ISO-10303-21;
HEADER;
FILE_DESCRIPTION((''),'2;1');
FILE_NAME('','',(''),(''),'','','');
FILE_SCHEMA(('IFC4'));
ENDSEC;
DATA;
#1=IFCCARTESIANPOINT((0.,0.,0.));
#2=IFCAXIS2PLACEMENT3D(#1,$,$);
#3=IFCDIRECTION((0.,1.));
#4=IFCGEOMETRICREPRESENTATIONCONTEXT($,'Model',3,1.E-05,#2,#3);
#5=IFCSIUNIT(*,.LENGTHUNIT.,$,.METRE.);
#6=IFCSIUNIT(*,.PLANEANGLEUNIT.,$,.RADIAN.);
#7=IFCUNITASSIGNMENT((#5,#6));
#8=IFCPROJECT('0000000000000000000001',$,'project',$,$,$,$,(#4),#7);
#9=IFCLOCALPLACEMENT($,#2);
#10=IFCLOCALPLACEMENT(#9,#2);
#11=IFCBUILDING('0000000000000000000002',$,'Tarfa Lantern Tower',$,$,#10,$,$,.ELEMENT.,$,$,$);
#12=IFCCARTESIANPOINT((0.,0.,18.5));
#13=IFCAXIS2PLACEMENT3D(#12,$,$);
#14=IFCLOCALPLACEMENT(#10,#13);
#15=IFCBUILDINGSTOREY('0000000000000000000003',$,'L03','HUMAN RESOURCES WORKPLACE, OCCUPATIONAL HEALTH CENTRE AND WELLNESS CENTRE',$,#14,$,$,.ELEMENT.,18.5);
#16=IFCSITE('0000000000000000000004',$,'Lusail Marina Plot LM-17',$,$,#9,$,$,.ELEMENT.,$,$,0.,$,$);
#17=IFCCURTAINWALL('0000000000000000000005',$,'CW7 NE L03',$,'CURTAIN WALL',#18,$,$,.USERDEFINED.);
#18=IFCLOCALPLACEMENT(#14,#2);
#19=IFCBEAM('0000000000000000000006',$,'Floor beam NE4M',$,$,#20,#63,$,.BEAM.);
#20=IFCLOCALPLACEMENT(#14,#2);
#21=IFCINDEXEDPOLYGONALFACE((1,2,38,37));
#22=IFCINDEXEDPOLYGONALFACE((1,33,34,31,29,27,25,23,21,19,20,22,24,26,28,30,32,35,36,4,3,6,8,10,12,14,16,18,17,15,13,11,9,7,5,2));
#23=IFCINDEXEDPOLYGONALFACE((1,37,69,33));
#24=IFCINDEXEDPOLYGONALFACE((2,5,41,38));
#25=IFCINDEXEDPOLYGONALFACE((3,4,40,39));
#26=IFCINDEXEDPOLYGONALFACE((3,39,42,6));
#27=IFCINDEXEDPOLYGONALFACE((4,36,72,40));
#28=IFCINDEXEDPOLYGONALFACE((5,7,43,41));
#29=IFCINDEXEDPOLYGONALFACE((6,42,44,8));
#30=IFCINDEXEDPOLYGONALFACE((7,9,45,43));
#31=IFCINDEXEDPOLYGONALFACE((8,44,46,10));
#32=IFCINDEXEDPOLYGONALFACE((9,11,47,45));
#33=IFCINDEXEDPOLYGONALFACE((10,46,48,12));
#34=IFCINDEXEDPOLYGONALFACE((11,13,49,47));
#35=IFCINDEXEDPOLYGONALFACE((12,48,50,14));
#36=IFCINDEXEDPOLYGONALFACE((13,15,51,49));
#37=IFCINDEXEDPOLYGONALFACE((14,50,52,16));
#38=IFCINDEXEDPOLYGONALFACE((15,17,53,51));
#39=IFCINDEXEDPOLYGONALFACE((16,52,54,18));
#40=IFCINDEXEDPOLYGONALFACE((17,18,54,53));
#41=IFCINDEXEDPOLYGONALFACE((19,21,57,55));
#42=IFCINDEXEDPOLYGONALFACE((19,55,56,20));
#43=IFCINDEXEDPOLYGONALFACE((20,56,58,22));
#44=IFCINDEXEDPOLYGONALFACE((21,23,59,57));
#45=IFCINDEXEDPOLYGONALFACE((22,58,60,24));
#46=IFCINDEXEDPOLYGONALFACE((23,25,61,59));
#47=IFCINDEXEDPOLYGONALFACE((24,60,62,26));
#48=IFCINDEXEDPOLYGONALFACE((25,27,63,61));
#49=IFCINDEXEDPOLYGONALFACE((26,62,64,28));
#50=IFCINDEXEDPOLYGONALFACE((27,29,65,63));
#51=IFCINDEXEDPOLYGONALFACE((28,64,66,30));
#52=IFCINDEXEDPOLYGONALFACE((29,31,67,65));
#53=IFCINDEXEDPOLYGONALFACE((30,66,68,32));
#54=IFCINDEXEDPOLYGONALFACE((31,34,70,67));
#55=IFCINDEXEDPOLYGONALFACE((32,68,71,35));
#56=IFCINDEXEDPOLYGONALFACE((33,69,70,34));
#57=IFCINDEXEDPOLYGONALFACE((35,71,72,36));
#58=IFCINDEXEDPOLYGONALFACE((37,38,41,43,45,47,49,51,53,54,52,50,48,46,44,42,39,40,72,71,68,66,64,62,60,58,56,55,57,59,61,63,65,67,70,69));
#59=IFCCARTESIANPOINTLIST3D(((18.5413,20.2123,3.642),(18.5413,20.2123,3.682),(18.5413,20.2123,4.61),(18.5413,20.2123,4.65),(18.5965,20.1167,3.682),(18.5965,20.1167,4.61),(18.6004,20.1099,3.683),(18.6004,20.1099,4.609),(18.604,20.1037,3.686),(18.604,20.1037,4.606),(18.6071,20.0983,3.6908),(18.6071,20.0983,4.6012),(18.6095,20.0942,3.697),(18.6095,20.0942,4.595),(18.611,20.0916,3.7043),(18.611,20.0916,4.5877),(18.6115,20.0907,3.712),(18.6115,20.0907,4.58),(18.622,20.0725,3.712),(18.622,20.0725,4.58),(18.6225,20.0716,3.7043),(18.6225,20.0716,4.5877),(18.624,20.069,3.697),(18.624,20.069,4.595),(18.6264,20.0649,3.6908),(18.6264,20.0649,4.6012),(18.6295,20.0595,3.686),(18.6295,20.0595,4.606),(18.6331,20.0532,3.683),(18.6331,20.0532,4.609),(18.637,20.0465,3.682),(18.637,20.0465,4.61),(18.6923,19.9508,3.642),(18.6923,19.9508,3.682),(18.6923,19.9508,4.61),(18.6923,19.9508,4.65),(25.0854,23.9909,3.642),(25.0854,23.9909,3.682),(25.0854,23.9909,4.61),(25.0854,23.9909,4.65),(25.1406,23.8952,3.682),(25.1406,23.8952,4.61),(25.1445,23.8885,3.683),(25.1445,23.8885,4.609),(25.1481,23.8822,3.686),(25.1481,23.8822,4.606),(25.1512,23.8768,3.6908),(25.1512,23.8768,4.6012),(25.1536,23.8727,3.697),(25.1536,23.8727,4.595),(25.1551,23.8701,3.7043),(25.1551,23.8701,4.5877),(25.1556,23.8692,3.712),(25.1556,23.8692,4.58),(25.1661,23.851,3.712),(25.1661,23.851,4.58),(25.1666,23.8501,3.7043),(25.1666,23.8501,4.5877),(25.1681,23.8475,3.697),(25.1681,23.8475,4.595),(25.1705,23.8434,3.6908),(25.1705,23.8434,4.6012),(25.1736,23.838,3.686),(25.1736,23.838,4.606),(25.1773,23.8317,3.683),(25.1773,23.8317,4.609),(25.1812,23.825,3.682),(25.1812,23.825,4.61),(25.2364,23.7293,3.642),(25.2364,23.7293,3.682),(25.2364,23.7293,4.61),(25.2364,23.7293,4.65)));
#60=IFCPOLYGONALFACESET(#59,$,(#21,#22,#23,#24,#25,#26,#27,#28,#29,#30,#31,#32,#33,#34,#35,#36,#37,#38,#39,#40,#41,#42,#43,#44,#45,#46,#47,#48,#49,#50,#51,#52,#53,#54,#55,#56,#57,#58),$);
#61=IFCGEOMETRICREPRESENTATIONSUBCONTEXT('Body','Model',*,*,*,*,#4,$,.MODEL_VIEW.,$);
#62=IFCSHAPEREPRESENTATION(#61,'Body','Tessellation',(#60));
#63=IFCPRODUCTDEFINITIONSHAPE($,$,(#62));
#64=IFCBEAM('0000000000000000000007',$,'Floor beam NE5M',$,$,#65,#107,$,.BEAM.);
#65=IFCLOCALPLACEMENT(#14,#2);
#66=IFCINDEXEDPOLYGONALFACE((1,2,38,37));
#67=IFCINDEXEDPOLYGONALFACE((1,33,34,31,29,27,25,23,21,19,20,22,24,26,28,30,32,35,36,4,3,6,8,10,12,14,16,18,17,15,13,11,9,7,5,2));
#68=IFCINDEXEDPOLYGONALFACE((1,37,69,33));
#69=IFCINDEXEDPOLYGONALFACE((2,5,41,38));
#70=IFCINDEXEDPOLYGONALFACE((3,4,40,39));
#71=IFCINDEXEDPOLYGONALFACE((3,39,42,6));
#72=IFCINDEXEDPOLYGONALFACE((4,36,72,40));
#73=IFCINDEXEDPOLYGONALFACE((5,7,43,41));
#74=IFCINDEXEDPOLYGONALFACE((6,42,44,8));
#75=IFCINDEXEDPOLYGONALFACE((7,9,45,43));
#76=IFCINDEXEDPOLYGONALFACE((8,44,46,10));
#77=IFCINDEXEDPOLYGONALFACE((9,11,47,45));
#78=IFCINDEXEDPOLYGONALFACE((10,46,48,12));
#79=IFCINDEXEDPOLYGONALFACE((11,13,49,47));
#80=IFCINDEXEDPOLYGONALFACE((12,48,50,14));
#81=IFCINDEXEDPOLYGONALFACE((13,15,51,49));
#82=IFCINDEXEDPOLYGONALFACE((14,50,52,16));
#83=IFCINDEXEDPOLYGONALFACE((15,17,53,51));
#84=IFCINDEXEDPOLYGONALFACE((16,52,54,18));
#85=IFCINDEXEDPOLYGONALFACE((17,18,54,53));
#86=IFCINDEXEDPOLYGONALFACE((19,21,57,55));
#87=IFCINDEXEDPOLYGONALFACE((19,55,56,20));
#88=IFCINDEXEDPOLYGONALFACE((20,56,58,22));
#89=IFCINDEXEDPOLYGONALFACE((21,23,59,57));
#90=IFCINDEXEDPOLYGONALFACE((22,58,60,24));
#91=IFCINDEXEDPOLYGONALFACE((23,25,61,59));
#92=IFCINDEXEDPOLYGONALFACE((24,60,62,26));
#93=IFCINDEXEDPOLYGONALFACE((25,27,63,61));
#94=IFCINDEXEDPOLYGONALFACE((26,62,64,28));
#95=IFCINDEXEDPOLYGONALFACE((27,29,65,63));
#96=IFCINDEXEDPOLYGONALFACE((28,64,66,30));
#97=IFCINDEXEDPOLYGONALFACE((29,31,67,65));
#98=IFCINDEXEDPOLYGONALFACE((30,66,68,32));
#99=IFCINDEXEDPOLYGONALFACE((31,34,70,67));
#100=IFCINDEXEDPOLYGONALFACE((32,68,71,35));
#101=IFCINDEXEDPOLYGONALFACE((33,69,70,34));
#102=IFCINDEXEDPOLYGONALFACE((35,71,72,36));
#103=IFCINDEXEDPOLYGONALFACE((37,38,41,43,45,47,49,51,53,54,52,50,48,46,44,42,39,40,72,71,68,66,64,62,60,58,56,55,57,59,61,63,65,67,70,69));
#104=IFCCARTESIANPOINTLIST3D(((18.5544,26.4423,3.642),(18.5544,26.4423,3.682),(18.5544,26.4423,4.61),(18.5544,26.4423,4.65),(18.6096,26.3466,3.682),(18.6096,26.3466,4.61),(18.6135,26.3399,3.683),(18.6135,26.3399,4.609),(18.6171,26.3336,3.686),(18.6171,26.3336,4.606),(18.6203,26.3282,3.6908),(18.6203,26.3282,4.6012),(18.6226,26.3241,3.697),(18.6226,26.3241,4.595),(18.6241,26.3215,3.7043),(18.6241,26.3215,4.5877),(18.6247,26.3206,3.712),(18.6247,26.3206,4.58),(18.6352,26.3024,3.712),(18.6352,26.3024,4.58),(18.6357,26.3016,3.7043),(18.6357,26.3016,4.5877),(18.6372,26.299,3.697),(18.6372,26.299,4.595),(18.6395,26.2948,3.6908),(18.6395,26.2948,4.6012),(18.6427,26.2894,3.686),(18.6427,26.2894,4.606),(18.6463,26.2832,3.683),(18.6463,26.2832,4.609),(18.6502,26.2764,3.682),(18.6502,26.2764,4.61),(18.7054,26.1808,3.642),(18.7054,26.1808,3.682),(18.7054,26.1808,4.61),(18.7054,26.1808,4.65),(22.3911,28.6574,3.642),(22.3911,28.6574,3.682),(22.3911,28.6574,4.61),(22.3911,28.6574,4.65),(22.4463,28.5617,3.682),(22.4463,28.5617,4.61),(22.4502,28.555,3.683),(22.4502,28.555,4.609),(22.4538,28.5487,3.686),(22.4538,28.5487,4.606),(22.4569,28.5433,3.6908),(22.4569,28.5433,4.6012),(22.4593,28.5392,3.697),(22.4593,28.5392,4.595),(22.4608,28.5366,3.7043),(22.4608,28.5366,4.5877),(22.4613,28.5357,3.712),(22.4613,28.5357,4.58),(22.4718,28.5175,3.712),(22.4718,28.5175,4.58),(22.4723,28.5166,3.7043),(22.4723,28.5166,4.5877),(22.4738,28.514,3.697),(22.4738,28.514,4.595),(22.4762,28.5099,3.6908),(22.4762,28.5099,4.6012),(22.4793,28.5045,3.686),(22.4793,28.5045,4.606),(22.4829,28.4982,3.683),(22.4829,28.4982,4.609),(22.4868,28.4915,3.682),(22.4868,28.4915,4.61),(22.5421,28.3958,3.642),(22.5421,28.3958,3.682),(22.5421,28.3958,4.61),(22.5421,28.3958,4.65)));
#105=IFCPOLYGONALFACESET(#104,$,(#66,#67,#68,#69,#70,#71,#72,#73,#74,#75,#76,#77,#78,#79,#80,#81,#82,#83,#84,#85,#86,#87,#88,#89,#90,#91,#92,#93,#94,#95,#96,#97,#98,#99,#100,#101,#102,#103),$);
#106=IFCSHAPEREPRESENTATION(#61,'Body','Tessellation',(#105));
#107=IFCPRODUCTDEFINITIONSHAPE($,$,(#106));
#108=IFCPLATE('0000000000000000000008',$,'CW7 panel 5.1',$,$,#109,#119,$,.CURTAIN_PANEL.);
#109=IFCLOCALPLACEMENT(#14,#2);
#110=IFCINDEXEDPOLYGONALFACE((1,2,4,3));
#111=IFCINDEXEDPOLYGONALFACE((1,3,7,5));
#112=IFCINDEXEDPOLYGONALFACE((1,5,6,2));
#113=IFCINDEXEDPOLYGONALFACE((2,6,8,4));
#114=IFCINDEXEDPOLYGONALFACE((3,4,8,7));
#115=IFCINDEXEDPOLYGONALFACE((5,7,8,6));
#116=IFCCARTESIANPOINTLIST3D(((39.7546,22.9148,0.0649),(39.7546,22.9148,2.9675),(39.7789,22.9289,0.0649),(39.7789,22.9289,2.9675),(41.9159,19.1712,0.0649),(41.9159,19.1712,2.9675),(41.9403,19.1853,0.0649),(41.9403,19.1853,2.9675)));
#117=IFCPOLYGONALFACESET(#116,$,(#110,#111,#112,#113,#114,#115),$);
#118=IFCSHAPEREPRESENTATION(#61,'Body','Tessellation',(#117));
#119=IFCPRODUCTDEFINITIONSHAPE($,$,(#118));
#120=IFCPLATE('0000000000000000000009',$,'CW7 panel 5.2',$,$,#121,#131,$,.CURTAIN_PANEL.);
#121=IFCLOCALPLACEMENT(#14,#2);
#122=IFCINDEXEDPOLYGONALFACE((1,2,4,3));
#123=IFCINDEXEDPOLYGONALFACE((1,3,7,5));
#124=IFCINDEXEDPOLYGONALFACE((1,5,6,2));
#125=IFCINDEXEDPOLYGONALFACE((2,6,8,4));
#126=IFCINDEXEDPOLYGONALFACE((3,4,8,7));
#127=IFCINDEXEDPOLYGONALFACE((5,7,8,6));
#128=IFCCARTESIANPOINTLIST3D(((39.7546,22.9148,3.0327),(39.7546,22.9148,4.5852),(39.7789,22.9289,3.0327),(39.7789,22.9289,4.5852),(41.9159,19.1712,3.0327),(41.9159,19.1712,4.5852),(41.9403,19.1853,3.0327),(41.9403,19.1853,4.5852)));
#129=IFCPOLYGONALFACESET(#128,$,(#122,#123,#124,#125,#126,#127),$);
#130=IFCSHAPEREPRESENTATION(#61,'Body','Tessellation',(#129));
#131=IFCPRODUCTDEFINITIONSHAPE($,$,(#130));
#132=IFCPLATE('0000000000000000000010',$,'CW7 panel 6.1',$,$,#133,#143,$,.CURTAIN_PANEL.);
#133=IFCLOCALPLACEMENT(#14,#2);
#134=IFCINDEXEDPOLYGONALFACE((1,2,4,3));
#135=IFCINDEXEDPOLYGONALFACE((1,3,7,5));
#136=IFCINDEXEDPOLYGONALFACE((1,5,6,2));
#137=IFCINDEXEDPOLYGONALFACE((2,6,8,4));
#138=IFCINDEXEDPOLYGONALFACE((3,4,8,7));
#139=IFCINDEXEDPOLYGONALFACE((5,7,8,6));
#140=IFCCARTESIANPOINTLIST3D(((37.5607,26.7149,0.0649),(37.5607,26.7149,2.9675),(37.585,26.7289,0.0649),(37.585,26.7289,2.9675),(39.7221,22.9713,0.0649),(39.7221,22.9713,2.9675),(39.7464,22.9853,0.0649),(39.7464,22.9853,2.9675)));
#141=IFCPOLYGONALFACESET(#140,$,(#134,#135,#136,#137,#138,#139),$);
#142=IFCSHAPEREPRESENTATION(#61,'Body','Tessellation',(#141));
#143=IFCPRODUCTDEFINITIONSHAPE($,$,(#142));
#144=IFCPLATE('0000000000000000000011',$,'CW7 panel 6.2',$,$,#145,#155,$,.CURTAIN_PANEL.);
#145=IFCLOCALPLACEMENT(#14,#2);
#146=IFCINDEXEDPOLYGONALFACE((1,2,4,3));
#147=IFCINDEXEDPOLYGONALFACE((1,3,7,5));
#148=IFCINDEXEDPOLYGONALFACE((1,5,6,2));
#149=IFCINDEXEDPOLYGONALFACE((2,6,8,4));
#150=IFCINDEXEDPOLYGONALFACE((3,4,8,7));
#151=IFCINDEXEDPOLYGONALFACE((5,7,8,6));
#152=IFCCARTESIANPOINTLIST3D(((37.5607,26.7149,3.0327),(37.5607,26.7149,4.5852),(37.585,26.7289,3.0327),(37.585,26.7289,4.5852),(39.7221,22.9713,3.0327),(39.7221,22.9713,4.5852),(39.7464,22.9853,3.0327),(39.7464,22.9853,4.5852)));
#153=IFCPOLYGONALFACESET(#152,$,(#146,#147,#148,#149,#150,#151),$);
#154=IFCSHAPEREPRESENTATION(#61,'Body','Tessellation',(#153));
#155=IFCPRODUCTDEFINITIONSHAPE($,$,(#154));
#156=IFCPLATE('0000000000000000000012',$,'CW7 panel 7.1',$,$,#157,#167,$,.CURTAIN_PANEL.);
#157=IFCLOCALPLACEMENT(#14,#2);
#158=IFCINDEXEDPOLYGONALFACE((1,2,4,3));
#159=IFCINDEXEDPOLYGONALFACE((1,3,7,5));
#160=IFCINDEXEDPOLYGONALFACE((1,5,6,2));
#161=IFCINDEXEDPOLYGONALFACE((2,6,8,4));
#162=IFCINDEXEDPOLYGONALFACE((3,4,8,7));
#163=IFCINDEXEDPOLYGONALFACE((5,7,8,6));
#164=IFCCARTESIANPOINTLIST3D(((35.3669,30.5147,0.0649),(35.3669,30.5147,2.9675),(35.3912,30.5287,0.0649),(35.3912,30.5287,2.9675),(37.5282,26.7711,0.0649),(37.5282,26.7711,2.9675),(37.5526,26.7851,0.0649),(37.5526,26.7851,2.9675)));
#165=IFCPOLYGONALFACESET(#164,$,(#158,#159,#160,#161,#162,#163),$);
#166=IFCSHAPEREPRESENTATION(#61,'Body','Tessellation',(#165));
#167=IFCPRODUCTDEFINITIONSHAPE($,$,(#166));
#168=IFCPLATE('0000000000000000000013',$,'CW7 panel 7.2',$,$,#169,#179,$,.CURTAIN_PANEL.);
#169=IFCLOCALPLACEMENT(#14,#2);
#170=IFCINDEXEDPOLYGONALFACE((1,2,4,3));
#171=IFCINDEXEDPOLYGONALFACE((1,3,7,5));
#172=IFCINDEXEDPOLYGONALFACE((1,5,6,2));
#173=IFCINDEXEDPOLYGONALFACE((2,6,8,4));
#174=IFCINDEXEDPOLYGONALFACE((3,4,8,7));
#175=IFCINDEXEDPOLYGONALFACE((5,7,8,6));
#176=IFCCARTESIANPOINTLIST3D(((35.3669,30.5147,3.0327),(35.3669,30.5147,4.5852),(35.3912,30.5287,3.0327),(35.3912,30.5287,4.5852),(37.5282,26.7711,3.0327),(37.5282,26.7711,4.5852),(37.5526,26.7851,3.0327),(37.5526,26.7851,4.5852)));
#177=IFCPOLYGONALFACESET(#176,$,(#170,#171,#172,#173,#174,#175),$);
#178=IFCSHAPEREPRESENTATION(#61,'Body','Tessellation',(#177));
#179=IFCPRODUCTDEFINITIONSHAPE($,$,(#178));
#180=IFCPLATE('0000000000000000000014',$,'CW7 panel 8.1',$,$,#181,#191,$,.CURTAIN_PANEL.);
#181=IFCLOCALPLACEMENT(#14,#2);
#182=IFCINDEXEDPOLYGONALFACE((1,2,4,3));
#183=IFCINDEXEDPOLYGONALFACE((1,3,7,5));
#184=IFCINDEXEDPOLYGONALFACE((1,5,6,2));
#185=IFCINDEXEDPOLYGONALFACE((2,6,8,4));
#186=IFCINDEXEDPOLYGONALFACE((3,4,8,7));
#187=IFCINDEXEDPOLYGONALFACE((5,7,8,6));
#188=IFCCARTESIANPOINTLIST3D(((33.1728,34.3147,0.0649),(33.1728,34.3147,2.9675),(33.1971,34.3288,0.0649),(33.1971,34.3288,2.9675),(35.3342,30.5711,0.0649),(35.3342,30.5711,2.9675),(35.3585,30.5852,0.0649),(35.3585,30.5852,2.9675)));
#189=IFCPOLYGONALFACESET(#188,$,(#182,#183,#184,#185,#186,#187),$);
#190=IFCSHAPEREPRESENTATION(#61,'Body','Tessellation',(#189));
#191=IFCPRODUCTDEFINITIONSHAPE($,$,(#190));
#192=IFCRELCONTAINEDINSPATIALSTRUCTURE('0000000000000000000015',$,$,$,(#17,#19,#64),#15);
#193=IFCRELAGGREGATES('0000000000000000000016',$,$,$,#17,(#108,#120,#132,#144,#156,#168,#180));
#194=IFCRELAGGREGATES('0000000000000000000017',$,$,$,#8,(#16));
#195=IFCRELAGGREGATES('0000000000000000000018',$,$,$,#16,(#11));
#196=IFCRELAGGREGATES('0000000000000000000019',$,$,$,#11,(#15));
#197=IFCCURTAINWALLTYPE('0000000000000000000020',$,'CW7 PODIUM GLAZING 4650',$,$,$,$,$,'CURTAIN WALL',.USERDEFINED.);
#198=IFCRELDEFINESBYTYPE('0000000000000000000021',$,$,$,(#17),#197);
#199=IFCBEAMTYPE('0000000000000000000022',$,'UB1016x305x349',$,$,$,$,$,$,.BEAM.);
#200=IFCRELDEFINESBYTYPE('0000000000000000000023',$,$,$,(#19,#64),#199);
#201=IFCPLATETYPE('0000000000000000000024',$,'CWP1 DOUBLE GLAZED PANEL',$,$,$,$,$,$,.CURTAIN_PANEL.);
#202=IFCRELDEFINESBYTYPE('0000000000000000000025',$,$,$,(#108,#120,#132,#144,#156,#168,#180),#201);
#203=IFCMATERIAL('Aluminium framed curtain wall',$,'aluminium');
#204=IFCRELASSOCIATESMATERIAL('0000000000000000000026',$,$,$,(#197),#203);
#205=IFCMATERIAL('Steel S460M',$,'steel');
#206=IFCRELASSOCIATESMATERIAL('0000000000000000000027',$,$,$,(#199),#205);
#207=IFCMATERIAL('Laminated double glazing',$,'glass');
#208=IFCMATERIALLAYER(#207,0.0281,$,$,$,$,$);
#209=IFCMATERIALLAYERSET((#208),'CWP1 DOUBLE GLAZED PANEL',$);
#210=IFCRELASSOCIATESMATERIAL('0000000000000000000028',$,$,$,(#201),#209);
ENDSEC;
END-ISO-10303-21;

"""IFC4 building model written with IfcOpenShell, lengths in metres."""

from ifc_helpers import new_model, si_unit, direction, frame, origin, origin_2d, place, context, subcontext, project, spatial, rectangle, i_section, extrude, material, layer, layer_set, material_profile, profile_set, type_object, element, aggregate, save


model = new_model("IFC4")

# Units and contexts
model_context = context("Model", 3, precision=1e-05, world=origin(), true_north=direction((0.0, 1.0)))
body_context = subcontext(model_context, "Body", "Model", "MODEL_VIEW")
ifc_project = project(units=[si_unit("LENGTHUNIT", "METRE"), si_unit("PLANEANGLEUNIT", "RADIAN")], contexts=[model_context])

# Site, building, storey
site_placement = place(None, origin())
site = spatial("IfcSite", under=ifc_project, at=site_placement, Name="Lusail Marina Plot LM-17", CompositionType="ELEMENT", RefElevation=0.0)
building_placement = place(site_placement, origin())
building = spatial("IfcBuilding", under=site, at=building_placement, Name="Tarfa Lantern Tower", CompositionType="ELEMENT")
storey_placement = place(building_placement, frame((0.0, 0.0, 18.5)))
storey = spatial("IfcBuildingStorey", under=building, at=storey_placement, Name="L03", Description="HUMAN RESOURCES WORKPLACE, OCCUPATIONAL HEALTH CENTRE AND WELLNESS CENTRE", CompositionType="ELEMENT", Elevation=18.5)

# Curtain wall
ifc_material_1 = material(Name="Aluminium framed curtain wall", Category="aluminium")
curtain_wall_type = type_object("IfcCurtainWallType", Name="CW7 PODIUM GLAZING 4650", ElementType="CURTAIN WALL", PredefinedType="USERDEFINED", material=ifc_material_1)
curtain_wall_1_placement = place(storey_placement, origin())
curtain_wall_1 = element("IfcCurtainWall", 1, at=curtain_wall_1_placement, inside=storey, type_object=curtain_wall_type, Name="CW7 NE L03", ObjectType="CURTAIN WALL", PredefinedType="USERDEFINED")

# Beams
ifc_material_2 = material(Name="Steel S460M", Category="steel")
ifc_material_profile_1 = material_profile(ifc_material_2, i_section(OverallWidth=0.302, OverallDepth=1.0081, WebThickness=0.021, FlangeThickness=0.04, FilletRadius=0.03, at=origin_2d()), Name="UB1016x305x349")
ifc_profile_set_1 = profile_set([ifc_material_profile_1], Name="Steel S460M")
beam_type_1 = type_object("IfcBeamType", Name="UB1016x305x349", PredefinedType="BEAM", material=ifc_profile_set_1)
beam_1_placement = place(storey_placement, frame((25.1609, 23.8601, 4.146), z_axis=(-0.86601, -0.500027, 0.0), x_axis=(0.500027, -0.86601, 0.0)))
element("IfcBeam", 2, at=beam_1_placement, inside=storey, type_object=beam_type_1, Name="Floor beam NE4M", PredefinedType="BEAM", context=body_context, shape_type="SweptSolid", body=[
    extrude(i_section(OverallWidth=0.302, OverallDepth=1.0081, WebThickness=0.021, FlangeThickness=0.04, FilletRadius=0.03, at=origin_2d()), origin(), (0.0, 0.0, 1.0), 7.5566),
])
beam_2_placement = place(storey_placement, frame((22.4666, 28.5266, 4.146), z_axis=(-0.866027, -0.499998, 0.0), x_axis=(0.499998, -0.866027, 0.0)))
element("IfcBeam", 3, at=beam_2_placement, inside=storey, type_object=beam_type_1, Name="Floor beam NE5M", PredefinedType="BEAM", context=body_context, shape_type="SweptSolid", body=[
    extrude(i_section(OverallWidth=0.302, OverallDepth=1.0081, WebThickness=0.021, FlangeThickness=0.04, FilletRadius=0.03, at=origin_2d()), origin(), (0.0, 0.0, 1.0), 4.4302),
])

# Plates
ifc_material_3 = material(Name="Laminated double glazing", Category="glass")
ifc_layer = layer(ifc_material_3, 0.0281)
ifc_layer_set = layer_set([ifc_layer], Name="CWP1 DOUBLE GLAZED PANEL")
plate_type = type_object("IfcPlateType", Name="CWP1 DOUBLE GLAZED PANEL", PredefinedType="CURTAIN_PANEL", material=ifc_layer_set)
plate_1_placement = place(storey_placement, frame((40.8474, 21.05, 0.0649), z_axis=(0.0, 0.0, 1.0), x_axis=(-0.5, 0.866025, 0.0)))
plate_1 = element("IfcPlate", 4, at=plate_1_placement, type_object=plate_type, Name="CW7 panel 5.1", PredefinedType="CURTAIN_PANEL", context=body_context, shape_type="SweptSolid", body=[
    extrude(rectangle(XDim=4.3228, YDim=0.0281, at=origin_2d()), origin(), (0.0, 0.0, 1.0), 2.9026),
])
plate_2_placement = place(storey_placement, frame((40.8474, 21.05, 3.0327), z_axis=(0.0, 0.0, 1.0), x_axis=(-0.5, 0.866025, 0.0)))
plate_2 = element("IfcPlate", 5, at=plate_2_placement, type_object=plate_type, Name="CW7 panel 5.2", PredefinedType="CURTAIN_PANEL", context=body_context, shape_type="SweptSolid", body=[
    extrude(rectangle(XDim=4.3228, YDim=0.0281, at=origin_2d()), origin(), (0.0, 0.0, 1.0), 1.5525),
])
plate_3_placement = place(storey_placement, frame((38.6536, 24.8501, 0.0649), z_axis=(0.0, 0.0, 1.0), x_axis=(-0.5, 0.866025, 0.0)))
plate_3 = element("IfcPlate", 6, at=plate_3_placement, type_object=plate_type, Name="CW7 panel 6.1", PredefinedType="CURTAIN_PANEL", context=body_context, shape_type="SweptSolid", body=[
    extrude(rectangle(XDim=4.3228, YDim=0.0281, at=origin_2d()), origin(), (0.0, 0.0, 1.0), 2.9026),
])
plate_4_placement = place(storey_placement, frame((38.6536, 24.8501, 3.0327), z_axis=(0.0, 0.0, 1.0), x_axis=(-0.5, 0.866025, 0.0)))
plate_4 = element("IfcPlate", 7, at=plate_4_placement, type_object=plate_type, Name="CW7 panel 6.2", PredefinedType="CURTAIN_PANEL", context=body_context, shape_type="SweptSolid", body=[
    extrude(rectangle(XDim=4.3228, YDim=0.0281, at=origin_2d()), origin(), (0.0, 0.0, 1.0), 1.5525),
])
plate_5_placement = place(storey_placement, frame((36.4597, 28.6499, 0.0649), z_axis=(0.0, 0.0, 1.0), x_axis=(-0.5, 0.866025, 0.0)))
plate_5 = element("IfcPlate", 8, at=plate_5_placement, type_object=plate_type, Name="CW7 panel 7.1", PredefinedType="CURTAIN_PANEL", context=body_context, shape_type="SweptSolid", body=[
    extrude(rectangle(XDim=4.3228, YDim=0.0281, at=origin_2d()), origin(), (0.0, 0.0, 1.0), 2.9026),
])
plate_6_placement = place(storey_placement, frame((36.4597, 28.6499, 3.0327), z_axis=(0.0, 0.0, 1.0), x_axis=(-0.5, 0.866025, 0.0)))
plate_6 = element("IfcPlate", 9, at=plate_6_placement, type_object=plate_type, Name="CW7 panel 7.2", PredefinedType="CURTAIN_PANEL", context=body_context, shape_type="SweptSolid", body=[
    extrude(rectangle(XDim=4.3228, YDim=0.0281, at=origin_2d()), origin(), (0.0, 0.0, 1.0), 1.5525),
])
plate_7_placement = place(storey_placement, frame((34.2656, 32.45, 0.0649), z_axis=(0.0, 0.0, 1.0), x_axis=(-0.5, 0.866025, 0.0)))
plate_7 = element("IfcPlate", 10, at=plate_7_placement, type_object=plate_type, Name="CW7 panel 8.1", PredefinedType="CURTAIN_PANEL", context=body_context, shape_type="SweptSolid", body=[
    extrude(rectangle(XDim=4.3228, YDim=0.0281, at=origin_2d()), origin(), (0.0, 0.0, 1.0), 2.9026),
])
aggregate(curtain_wall_1, [plate_1, plate_2, plate_3, plate_4, plate_5, plate_6, plate_7])

save(model, "model.ifc")
